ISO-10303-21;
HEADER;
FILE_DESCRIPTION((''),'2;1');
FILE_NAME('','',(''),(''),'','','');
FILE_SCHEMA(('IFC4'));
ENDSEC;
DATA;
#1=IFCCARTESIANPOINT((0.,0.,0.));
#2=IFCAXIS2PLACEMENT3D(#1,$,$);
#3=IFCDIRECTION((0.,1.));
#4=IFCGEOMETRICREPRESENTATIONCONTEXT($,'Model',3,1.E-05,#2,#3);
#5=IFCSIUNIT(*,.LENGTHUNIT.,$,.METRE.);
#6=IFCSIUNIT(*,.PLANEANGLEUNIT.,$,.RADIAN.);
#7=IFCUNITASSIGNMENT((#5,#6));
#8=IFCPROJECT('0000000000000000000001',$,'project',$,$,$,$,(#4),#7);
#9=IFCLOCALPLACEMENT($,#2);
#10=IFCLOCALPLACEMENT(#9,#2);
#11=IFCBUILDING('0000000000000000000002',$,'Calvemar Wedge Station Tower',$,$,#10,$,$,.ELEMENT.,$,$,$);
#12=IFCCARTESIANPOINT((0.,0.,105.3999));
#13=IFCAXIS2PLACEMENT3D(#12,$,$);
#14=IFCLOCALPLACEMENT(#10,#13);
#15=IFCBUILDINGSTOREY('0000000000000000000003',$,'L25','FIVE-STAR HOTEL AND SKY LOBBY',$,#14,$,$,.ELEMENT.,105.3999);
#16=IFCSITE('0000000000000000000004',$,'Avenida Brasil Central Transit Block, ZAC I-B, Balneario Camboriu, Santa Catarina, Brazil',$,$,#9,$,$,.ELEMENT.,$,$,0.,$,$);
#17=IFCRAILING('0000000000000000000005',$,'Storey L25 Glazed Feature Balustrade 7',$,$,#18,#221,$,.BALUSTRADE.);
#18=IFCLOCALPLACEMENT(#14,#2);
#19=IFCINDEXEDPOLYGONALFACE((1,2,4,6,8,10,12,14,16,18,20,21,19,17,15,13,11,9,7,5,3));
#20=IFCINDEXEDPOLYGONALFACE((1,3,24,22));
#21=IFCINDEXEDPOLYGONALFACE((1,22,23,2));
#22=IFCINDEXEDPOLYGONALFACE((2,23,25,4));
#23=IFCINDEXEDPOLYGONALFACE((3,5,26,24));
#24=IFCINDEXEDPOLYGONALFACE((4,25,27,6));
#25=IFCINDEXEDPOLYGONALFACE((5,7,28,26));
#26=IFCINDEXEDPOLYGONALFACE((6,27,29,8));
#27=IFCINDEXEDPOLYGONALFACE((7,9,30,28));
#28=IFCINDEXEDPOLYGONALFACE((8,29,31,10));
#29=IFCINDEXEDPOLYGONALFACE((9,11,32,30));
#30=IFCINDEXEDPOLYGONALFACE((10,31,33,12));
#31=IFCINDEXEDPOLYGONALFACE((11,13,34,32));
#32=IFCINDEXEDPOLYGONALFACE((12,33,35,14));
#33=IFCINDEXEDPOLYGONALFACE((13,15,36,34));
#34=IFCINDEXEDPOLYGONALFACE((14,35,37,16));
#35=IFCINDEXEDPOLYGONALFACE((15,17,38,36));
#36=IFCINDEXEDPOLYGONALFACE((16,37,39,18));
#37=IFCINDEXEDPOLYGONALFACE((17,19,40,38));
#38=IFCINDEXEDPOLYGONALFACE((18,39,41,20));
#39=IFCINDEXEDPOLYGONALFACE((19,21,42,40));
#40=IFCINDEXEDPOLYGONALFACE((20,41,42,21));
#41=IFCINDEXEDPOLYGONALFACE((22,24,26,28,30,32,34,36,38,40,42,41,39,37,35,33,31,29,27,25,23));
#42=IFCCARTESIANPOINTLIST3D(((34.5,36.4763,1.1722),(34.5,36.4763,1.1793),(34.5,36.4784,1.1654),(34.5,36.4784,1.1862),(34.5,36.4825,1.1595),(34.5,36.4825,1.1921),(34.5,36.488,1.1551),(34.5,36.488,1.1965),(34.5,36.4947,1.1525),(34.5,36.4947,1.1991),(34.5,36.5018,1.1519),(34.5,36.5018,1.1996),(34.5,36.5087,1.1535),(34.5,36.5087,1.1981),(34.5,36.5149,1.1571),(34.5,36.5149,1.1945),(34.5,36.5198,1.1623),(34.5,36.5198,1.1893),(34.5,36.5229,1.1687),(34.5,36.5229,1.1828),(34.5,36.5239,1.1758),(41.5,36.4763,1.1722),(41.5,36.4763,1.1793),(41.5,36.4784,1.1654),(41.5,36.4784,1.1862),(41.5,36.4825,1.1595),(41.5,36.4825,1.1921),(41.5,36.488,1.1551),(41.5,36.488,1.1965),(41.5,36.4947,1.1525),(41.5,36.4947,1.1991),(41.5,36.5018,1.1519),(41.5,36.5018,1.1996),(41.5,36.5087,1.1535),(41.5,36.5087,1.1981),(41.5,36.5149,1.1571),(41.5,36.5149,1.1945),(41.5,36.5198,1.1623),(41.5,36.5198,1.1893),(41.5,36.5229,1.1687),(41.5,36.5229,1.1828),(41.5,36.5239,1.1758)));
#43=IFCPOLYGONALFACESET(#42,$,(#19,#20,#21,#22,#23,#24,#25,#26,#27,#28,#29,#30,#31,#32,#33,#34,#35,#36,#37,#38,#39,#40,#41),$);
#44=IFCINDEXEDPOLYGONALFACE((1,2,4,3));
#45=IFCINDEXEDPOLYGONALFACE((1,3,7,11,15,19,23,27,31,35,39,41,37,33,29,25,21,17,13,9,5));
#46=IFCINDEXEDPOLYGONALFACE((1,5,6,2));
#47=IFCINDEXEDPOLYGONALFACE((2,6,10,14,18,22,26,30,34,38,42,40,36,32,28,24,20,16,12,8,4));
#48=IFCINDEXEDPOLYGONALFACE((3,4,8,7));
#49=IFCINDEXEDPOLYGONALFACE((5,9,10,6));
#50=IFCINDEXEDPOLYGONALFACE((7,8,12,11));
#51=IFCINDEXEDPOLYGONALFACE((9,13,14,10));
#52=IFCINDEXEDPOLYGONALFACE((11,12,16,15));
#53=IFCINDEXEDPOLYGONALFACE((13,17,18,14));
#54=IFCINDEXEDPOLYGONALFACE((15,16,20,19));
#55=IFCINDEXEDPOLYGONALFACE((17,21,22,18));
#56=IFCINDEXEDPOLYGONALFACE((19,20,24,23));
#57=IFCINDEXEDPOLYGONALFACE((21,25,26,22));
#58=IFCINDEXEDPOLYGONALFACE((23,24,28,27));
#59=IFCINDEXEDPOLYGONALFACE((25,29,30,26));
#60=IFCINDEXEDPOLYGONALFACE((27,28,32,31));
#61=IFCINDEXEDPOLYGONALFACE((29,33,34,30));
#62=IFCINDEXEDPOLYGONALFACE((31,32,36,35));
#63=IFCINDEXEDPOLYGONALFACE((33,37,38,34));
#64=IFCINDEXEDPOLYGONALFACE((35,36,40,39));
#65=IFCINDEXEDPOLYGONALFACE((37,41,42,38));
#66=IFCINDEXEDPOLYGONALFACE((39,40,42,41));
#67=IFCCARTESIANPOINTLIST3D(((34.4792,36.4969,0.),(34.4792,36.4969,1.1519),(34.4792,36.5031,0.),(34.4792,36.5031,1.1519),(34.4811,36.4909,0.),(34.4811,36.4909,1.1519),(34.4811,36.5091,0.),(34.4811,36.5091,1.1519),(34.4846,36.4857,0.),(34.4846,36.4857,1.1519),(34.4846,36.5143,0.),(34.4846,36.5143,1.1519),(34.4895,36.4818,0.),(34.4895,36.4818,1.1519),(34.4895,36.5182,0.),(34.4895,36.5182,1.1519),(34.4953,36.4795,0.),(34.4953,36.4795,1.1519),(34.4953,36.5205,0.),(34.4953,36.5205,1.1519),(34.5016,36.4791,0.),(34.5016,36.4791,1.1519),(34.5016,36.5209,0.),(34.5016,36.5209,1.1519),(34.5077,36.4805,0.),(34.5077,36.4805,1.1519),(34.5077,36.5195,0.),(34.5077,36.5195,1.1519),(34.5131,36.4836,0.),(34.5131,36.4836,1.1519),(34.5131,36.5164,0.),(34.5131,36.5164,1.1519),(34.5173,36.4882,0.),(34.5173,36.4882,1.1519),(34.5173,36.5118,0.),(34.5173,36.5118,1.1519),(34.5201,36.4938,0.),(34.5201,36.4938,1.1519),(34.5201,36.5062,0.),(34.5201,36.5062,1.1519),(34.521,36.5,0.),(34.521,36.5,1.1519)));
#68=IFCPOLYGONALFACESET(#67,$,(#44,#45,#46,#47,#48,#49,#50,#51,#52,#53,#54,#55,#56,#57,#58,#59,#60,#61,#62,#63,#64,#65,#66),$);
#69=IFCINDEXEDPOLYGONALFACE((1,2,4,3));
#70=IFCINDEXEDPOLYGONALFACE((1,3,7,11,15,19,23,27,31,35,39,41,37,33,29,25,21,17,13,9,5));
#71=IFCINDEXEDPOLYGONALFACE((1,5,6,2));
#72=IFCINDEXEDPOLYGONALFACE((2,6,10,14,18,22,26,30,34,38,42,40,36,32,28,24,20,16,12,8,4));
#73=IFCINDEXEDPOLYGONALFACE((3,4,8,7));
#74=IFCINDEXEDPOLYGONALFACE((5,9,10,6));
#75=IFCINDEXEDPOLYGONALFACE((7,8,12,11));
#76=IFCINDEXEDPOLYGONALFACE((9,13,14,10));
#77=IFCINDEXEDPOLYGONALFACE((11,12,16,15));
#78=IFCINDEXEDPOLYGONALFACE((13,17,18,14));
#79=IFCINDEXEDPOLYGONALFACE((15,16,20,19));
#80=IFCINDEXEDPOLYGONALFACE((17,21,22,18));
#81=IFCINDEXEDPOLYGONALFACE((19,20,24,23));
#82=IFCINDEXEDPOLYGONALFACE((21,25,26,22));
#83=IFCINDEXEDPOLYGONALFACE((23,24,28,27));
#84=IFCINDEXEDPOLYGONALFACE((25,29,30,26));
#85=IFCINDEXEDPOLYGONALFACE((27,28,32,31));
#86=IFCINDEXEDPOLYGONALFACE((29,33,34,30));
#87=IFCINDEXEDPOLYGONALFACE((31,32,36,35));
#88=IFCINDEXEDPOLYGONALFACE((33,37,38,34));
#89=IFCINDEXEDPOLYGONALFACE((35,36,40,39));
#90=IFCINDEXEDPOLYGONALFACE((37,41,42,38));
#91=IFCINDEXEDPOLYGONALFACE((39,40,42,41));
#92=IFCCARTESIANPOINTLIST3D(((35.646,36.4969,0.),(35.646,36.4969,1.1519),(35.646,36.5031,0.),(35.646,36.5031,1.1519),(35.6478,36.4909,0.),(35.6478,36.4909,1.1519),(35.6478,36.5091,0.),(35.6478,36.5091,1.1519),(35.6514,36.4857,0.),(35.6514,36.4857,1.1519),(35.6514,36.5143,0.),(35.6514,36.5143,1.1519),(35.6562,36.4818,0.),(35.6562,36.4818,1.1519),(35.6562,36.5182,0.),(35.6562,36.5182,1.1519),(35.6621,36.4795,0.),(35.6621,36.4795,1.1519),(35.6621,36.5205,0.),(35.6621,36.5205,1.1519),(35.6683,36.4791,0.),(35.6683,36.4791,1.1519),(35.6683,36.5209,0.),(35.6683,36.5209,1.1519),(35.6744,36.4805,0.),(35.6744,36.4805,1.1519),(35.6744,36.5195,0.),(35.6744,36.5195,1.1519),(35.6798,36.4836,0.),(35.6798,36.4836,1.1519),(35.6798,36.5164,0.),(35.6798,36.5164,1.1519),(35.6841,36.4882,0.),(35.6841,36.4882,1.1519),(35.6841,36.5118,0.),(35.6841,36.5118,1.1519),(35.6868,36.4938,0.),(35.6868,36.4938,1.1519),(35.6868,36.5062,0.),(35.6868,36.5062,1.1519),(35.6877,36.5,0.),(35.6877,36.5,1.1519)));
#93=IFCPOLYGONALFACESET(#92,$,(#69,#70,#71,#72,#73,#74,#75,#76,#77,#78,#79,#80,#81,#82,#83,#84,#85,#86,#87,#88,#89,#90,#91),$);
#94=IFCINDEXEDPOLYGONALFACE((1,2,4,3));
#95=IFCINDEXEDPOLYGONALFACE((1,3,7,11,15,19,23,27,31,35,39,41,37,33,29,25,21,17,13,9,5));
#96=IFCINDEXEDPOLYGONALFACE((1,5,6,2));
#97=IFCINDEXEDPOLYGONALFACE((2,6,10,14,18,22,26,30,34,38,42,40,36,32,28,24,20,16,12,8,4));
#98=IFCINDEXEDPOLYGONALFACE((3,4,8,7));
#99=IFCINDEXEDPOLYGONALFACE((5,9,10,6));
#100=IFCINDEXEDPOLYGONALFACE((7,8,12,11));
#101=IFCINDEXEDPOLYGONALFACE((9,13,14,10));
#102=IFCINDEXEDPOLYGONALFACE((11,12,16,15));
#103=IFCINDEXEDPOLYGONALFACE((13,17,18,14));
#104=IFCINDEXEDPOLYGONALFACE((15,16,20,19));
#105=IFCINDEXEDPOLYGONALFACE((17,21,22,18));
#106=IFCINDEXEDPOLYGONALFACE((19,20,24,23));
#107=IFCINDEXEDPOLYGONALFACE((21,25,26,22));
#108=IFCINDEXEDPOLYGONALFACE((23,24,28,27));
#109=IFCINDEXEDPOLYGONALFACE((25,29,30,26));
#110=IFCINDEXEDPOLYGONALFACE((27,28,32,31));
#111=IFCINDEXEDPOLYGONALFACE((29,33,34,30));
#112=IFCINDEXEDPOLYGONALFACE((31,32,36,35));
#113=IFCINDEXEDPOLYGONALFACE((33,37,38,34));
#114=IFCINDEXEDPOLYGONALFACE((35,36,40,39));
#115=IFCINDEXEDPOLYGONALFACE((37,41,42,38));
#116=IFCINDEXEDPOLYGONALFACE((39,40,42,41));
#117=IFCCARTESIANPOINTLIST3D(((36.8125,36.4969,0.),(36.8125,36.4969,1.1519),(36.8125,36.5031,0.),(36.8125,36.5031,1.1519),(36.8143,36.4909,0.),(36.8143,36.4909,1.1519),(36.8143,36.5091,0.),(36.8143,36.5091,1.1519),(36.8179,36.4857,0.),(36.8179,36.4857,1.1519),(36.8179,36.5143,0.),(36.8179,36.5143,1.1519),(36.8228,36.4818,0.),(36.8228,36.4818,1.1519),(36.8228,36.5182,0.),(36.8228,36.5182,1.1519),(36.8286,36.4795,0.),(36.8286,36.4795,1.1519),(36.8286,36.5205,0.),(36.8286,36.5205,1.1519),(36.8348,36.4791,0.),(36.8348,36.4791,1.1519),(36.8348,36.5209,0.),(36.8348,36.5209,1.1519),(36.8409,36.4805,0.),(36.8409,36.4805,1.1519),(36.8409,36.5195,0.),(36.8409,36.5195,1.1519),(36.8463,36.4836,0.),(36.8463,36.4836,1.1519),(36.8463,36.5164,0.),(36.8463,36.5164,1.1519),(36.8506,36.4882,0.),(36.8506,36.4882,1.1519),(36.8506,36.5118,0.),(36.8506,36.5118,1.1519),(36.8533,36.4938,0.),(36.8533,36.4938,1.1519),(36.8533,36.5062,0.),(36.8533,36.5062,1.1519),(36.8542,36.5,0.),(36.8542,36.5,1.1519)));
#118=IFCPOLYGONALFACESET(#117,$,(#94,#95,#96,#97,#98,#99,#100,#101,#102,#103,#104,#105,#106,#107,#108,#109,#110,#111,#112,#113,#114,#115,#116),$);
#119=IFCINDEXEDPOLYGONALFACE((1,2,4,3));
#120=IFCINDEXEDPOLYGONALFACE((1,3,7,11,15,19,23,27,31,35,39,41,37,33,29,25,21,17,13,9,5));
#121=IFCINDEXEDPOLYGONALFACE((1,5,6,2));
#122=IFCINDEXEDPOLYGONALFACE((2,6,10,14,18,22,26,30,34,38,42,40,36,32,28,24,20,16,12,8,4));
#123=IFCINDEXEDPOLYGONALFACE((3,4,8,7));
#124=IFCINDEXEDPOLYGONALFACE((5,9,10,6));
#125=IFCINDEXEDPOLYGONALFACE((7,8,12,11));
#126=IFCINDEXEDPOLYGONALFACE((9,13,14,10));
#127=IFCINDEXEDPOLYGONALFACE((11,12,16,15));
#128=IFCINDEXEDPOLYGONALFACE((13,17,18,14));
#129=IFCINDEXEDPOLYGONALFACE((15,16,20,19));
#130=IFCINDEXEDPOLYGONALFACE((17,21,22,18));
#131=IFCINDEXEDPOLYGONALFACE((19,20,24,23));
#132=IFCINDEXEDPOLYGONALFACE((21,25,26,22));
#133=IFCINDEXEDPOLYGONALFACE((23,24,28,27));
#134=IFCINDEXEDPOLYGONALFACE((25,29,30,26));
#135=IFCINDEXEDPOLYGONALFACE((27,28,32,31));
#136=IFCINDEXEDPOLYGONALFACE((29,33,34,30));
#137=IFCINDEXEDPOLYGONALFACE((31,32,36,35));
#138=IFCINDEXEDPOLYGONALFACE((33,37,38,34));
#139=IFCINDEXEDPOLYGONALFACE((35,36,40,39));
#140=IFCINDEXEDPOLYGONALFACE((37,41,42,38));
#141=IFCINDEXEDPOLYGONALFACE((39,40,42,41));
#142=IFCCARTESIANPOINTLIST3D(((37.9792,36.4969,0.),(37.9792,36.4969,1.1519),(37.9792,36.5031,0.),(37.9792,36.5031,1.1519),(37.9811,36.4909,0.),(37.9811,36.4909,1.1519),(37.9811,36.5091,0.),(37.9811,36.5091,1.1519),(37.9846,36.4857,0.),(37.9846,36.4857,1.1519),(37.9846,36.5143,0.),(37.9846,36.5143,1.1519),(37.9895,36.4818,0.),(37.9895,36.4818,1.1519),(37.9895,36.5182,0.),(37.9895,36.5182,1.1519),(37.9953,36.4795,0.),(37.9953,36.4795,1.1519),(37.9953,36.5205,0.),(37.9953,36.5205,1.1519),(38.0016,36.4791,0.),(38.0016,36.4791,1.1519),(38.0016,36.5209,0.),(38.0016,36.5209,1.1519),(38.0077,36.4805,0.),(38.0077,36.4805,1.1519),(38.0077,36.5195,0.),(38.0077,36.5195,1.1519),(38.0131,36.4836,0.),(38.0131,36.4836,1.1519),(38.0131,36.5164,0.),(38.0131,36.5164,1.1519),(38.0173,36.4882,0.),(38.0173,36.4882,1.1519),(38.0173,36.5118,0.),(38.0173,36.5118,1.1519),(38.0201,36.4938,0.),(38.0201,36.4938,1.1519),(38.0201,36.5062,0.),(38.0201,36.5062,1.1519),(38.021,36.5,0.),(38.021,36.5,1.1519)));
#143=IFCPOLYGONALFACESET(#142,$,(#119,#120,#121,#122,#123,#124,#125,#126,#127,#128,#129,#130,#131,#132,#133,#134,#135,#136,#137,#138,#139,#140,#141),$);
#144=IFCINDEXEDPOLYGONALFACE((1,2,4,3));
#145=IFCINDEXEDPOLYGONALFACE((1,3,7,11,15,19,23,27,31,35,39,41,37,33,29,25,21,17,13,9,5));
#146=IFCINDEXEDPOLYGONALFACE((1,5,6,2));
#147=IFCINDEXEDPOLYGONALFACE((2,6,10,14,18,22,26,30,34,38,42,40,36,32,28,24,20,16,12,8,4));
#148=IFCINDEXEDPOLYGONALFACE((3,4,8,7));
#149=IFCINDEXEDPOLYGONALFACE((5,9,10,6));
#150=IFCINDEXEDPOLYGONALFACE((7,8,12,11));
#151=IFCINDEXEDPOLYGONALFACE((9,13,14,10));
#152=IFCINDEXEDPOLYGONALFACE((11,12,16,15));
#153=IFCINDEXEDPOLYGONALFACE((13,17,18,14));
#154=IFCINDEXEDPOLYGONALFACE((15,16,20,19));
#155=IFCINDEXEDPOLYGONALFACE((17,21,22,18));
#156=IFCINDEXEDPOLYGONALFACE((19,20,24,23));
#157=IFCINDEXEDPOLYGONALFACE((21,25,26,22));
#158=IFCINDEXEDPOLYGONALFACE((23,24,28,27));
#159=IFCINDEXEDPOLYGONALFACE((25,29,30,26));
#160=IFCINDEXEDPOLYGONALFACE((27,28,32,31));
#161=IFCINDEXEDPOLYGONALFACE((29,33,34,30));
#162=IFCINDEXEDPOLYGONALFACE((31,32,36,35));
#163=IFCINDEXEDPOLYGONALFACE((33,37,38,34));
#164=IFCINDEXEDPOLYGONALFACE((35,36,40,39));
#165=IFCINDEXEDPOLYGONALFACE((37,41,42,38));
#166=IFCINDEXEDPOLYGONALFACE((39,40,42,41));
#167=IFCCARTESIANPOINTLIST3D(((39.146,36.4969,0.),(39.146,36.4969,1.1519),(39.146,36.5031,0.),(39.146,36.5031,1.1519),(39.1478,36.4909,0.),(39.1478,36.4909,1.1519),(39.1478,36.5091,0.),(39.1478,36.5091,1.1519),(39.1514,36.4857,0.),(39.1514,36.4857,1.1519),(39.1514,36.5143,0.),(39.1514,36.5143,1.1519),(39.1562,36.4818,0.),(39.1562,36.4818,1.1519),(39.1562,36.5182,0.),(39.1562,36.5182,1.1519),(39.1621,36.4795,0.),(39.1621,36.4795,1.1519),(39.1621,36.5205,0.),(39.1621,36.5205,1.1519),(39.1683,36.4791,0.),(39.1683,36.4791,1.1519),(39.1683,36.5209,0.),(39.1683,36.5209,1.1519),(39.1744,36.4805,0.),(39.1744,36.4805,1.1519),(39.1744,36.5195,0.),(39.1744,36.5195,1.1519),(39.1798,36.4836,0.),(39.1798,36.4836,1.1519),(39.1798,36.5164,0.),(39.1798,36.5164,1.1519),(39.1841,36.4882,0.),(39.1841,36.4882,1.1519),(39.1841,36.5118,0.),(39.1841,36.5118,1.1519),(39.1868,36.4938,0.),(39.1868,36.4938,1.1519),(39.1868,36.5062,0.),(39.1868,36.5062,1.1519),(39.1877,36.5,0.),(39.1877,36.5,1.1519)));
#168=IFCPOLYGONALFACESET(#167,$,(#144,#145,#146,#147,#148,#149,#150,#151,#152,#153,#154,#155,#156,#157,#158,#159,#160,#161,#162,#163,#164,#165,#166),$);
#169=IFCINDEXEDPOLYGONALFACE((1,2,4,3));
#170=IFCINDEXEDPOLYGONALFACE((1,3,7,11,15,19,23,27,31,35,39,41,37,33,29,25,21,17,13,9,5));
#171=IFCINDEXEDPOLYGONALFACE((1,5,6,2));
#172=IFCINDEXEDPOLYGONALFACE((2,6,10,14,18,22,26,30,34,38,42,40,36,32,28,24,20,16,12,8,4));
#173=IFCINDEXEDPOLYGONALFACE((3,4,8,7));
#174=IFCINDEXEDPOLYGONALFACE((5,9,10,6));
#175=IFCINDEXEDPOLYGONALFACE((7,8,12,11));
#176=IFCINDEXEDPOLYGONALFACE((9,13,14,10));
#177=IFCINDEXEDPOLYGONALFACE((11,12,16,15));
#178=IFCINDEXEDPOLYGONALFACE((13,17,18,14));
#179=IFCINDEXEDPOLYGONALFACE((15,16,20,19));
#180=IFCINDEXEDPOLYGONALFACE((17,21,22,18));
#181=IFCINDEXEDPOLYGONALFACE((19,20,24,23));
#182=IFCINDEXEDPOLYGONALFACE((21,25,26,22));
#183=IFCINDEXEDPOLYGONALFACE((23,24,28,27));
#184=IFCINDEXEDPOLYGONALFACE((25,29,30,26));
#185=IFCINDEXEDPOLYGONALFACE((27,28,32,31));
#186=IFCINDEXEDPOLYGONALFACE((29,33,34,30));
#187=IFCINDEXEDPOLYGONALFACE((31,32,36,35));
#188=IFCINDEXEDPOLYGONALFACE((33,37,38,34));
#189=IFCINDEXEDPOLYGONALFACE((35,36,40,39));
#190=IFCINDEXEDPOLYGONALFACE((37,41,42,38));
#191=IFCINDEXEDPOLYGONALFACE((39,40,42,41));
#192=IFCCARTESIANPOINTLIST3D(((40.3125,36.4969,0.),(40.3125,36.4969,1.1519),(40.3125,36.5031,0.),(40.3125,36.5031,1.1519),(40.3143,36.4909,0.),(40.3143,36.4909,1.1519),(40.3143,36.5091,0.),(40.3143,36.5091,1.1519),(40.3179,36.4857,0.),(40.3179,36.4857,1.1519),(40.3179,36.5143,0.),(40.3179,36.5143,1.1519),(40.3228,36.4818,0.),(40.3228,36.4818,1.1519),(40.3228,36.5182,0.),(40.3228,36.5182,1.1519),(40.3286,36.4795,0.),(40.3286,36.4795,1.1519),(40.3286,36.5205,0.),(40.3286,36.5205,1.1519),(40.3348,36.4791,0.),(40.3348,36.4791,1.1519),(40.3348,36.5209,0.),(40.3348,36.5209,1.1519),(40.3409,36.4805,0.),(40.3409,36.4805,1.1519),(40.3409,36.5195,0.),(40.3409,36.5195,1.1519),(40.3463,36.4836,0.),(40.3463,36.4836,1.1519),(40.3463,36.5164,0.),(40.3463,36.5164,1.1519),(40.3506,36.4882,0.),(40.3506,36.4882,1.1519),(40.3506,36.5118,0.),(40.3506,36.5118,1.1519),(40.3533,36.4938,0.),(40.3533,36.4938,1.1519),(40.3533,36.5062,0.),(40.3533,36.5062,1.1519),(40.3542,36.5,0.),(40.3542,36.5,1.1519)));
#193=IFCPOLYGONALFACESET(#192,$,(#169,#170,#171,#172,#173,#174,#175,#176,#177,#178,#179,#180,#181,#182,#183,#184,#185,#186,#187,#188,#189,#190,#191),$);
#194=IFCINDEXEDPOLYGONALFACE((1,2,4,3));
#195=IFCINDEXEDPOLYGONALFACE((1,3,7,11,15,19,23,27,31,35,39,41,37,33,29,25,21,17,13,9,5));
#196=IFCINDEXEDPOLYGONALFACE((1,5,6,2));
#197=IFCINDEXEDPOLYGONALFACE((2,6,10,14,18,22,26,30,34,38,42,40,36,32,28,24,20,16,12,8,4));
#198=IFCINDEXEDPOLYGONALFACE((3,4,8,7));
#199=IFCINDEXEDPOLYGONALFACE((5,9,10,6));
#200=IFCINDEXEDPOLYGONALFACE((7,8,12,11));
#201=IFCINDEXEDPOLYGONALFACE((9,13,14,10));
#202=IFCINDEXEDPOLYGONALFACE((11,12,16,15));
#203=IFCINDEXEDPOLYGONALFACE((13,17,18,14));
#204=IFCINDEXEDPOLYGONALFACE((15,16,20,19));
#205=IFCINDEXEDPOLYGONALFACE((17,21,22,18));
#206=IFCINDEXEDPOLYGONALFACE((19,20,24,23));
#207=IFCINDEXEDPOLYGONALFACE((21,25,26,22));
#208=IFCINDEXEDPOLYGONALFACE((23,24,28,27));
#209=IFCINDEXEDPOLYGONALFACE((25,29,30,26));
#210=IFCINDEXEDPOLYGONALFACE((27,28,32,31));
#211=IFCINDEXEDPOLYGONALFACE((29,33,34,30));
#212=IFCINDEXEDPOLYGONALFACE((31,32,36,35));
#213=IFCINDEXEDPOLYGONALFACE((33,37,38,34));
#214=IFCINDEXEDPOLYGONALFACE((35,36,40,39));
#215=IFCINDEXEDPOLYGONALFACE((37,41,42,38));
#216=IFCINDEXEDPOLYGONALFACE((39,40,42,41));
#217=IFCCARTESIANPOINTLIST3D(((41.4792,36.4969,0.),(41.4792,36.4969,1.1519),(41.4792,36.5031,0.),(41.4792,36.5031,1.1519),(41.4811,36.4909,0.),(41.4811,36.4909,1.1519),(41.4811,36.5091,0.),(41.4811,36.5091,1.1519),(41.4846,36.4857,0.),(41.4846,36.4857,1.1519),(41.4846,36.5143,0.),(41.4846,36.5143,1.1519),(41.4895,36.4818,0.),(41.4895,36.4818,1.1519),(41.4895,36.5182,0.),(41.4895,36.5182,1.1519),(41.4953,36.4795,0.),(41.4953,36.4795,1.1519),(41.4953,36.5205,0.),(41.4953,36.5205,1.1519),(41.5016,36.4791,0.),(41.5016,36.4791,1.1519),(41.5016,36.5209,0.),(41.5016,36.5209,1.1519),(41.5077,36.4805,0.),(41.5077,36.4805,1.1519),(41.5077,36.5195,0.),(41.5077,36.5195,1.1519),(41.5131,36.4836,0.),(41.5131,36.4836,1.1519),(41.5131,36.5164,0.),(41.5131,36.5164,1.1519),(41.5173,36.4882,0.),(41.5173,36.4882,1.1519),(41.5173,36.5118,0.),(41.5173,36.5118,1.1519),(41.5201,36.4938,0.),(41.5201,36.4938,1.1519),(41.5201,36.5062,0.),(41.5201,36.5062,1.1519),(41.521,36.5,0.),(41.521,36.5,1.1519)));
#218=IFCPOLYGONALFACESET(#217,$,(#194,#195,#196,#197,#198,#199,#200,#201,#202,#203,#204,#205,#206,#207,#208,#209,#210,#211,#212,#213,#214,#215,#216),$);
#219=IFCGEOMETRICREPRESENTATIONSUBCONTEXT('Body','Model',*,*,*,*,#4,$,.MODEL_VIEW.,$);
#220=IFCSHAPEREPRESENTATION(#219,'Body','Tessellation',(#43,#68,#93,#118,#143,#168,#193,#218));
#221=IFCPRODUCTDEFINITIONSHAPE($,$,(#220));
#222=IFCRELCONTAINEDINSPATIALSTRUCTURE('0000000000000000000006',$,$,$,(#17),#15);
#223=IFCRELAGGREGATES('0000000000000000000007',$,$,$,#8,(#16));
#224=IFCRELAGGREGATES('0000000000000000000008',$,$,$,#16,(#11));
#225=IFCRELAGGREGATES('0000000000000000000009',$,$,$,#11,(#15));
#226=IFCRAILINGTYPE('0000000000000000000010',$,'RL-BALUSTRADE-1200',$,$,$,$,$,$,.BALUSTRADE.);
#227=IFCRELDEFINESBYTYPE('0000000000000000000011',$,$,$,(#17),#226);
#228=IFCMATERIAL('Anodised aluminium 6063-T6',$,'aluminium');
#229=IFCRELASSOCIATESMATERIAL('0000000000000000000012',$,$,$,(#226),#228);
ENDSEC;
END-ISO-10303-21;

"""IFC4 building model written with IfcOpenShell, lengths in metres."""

from ifc_helpers import new_model, si_unit, direction, frame, origin, origin_2d, place, context, subcontext, project, spatial, circle, extrude, material, type_object, element, save


model = new_model("IFC4")

# Units and contexts
model_context = context("Model", 3, precision=1e-05, world=origin(), true_north=direction((0.0, 1.0)))
body_context = subcontext(model_context, "Body", "Model", "MODEL_VIEW")
ifc_project = project(units=[si_unit("LENGTHUNIT", "METRE"), si_unit("PLANEANGLEUNIT", "RADIAN")], contexts=[model_context])

# Site, building, storey
site_placement = place(None, origin())
site = spatial("IfcSite", under=ifc_project, at=site_placement, Name="Avenida Brasil Central Transit Block, ZAC I-B, Balneario Camboriu, Santa Catarina, Brazil", CompositionType="ELEMENT", RefElevation=0.0)
building_placement = place(site_placement, origin())
building = spatial("IfcBuilding", under=site, at=building_placement, Name="Calvemar Wedge Station Tower", CompositionType="ELEMENT")
storey_placement = place(building_placement, frame((0.0, 0.0, 105.3999)))
storey = spatial("IfcBuildingStorey", under=building, at=storey_placement, Name="L25", Description="FIVE-STAR HOTEL AND SKY LOBBY", CompositionType="ELEMENT", Elevation=105.3999)

# Shared definitions
ifc_material_1 = material(Name="Anodised aluminium 6063-T6", Category="aluminium")

# Railing
railing_type_1 = type_object("IfcRailingType", Name="RL-BALUSTRADE-1200", PredefinedType="BALUSTRADE", material=ifc_material_1)
railing_1_placement = place(storey_placement, frame((34.5, 36.5, 0.0)))
element("IfcRailing", 1, at=railing_1_placement, inside=storey, type_object=railing_type_1, Name="Storey L25 Glazed Feature Balustrade 7", PredefinedType="BALUSTRADE", context=body_context, shape_type="SweptSolid", body=[
    extrude(circle(Radius=0.0239, at=origin_2d()), frame((0.0, 0.0, 1.1758), z_axis=(1.0, 0.0, 0.0), x_axis=(0.0, 1.0, 0.0)), (0.0, 0.0, 1.0), 7.0),
    extrude(circle(Radius=0.021, at=origin_2d()), origin(), (0.0, 0.0, 1.0), 1.1519),
    extrude(circle(Radius=0.021, at=origin_2d()), frame((1.1667, 0.0, 0.0)), (0.0, 0.0, 1.0), 1.1519),
    extrude(circle(Radius=0.021, at=origin_2d()), frame((2.3333, 0.0, 0.0)), (0.0, 0.0, 1.0), 1.1519),
    extrude(circle(Radius=0.021, at=origin_2d()), frame((3.5, 0.0, 0.0)), (0.0, 0.0, 1.0), 1.1519),
    extrude(circle(Radius=0.021, at=origin_2d()), frame((4.6667, 0.0, 0.0)), (0.0, 0.0, 1.0), 1.1519),
    extrude(circle(Radius=0.021, at=origin_2d()), frame((5.8333, 0.0, 0.0)), (0.0, 0.0, 1.0), 1.1519),
    extrude(circle(Radius=0.021, at=origin_2d()), frame((7.0, 0.0, 0.0)), (0.0, 0.0, 1.0), 1.1519),
])

save(model, "model.ifc")
